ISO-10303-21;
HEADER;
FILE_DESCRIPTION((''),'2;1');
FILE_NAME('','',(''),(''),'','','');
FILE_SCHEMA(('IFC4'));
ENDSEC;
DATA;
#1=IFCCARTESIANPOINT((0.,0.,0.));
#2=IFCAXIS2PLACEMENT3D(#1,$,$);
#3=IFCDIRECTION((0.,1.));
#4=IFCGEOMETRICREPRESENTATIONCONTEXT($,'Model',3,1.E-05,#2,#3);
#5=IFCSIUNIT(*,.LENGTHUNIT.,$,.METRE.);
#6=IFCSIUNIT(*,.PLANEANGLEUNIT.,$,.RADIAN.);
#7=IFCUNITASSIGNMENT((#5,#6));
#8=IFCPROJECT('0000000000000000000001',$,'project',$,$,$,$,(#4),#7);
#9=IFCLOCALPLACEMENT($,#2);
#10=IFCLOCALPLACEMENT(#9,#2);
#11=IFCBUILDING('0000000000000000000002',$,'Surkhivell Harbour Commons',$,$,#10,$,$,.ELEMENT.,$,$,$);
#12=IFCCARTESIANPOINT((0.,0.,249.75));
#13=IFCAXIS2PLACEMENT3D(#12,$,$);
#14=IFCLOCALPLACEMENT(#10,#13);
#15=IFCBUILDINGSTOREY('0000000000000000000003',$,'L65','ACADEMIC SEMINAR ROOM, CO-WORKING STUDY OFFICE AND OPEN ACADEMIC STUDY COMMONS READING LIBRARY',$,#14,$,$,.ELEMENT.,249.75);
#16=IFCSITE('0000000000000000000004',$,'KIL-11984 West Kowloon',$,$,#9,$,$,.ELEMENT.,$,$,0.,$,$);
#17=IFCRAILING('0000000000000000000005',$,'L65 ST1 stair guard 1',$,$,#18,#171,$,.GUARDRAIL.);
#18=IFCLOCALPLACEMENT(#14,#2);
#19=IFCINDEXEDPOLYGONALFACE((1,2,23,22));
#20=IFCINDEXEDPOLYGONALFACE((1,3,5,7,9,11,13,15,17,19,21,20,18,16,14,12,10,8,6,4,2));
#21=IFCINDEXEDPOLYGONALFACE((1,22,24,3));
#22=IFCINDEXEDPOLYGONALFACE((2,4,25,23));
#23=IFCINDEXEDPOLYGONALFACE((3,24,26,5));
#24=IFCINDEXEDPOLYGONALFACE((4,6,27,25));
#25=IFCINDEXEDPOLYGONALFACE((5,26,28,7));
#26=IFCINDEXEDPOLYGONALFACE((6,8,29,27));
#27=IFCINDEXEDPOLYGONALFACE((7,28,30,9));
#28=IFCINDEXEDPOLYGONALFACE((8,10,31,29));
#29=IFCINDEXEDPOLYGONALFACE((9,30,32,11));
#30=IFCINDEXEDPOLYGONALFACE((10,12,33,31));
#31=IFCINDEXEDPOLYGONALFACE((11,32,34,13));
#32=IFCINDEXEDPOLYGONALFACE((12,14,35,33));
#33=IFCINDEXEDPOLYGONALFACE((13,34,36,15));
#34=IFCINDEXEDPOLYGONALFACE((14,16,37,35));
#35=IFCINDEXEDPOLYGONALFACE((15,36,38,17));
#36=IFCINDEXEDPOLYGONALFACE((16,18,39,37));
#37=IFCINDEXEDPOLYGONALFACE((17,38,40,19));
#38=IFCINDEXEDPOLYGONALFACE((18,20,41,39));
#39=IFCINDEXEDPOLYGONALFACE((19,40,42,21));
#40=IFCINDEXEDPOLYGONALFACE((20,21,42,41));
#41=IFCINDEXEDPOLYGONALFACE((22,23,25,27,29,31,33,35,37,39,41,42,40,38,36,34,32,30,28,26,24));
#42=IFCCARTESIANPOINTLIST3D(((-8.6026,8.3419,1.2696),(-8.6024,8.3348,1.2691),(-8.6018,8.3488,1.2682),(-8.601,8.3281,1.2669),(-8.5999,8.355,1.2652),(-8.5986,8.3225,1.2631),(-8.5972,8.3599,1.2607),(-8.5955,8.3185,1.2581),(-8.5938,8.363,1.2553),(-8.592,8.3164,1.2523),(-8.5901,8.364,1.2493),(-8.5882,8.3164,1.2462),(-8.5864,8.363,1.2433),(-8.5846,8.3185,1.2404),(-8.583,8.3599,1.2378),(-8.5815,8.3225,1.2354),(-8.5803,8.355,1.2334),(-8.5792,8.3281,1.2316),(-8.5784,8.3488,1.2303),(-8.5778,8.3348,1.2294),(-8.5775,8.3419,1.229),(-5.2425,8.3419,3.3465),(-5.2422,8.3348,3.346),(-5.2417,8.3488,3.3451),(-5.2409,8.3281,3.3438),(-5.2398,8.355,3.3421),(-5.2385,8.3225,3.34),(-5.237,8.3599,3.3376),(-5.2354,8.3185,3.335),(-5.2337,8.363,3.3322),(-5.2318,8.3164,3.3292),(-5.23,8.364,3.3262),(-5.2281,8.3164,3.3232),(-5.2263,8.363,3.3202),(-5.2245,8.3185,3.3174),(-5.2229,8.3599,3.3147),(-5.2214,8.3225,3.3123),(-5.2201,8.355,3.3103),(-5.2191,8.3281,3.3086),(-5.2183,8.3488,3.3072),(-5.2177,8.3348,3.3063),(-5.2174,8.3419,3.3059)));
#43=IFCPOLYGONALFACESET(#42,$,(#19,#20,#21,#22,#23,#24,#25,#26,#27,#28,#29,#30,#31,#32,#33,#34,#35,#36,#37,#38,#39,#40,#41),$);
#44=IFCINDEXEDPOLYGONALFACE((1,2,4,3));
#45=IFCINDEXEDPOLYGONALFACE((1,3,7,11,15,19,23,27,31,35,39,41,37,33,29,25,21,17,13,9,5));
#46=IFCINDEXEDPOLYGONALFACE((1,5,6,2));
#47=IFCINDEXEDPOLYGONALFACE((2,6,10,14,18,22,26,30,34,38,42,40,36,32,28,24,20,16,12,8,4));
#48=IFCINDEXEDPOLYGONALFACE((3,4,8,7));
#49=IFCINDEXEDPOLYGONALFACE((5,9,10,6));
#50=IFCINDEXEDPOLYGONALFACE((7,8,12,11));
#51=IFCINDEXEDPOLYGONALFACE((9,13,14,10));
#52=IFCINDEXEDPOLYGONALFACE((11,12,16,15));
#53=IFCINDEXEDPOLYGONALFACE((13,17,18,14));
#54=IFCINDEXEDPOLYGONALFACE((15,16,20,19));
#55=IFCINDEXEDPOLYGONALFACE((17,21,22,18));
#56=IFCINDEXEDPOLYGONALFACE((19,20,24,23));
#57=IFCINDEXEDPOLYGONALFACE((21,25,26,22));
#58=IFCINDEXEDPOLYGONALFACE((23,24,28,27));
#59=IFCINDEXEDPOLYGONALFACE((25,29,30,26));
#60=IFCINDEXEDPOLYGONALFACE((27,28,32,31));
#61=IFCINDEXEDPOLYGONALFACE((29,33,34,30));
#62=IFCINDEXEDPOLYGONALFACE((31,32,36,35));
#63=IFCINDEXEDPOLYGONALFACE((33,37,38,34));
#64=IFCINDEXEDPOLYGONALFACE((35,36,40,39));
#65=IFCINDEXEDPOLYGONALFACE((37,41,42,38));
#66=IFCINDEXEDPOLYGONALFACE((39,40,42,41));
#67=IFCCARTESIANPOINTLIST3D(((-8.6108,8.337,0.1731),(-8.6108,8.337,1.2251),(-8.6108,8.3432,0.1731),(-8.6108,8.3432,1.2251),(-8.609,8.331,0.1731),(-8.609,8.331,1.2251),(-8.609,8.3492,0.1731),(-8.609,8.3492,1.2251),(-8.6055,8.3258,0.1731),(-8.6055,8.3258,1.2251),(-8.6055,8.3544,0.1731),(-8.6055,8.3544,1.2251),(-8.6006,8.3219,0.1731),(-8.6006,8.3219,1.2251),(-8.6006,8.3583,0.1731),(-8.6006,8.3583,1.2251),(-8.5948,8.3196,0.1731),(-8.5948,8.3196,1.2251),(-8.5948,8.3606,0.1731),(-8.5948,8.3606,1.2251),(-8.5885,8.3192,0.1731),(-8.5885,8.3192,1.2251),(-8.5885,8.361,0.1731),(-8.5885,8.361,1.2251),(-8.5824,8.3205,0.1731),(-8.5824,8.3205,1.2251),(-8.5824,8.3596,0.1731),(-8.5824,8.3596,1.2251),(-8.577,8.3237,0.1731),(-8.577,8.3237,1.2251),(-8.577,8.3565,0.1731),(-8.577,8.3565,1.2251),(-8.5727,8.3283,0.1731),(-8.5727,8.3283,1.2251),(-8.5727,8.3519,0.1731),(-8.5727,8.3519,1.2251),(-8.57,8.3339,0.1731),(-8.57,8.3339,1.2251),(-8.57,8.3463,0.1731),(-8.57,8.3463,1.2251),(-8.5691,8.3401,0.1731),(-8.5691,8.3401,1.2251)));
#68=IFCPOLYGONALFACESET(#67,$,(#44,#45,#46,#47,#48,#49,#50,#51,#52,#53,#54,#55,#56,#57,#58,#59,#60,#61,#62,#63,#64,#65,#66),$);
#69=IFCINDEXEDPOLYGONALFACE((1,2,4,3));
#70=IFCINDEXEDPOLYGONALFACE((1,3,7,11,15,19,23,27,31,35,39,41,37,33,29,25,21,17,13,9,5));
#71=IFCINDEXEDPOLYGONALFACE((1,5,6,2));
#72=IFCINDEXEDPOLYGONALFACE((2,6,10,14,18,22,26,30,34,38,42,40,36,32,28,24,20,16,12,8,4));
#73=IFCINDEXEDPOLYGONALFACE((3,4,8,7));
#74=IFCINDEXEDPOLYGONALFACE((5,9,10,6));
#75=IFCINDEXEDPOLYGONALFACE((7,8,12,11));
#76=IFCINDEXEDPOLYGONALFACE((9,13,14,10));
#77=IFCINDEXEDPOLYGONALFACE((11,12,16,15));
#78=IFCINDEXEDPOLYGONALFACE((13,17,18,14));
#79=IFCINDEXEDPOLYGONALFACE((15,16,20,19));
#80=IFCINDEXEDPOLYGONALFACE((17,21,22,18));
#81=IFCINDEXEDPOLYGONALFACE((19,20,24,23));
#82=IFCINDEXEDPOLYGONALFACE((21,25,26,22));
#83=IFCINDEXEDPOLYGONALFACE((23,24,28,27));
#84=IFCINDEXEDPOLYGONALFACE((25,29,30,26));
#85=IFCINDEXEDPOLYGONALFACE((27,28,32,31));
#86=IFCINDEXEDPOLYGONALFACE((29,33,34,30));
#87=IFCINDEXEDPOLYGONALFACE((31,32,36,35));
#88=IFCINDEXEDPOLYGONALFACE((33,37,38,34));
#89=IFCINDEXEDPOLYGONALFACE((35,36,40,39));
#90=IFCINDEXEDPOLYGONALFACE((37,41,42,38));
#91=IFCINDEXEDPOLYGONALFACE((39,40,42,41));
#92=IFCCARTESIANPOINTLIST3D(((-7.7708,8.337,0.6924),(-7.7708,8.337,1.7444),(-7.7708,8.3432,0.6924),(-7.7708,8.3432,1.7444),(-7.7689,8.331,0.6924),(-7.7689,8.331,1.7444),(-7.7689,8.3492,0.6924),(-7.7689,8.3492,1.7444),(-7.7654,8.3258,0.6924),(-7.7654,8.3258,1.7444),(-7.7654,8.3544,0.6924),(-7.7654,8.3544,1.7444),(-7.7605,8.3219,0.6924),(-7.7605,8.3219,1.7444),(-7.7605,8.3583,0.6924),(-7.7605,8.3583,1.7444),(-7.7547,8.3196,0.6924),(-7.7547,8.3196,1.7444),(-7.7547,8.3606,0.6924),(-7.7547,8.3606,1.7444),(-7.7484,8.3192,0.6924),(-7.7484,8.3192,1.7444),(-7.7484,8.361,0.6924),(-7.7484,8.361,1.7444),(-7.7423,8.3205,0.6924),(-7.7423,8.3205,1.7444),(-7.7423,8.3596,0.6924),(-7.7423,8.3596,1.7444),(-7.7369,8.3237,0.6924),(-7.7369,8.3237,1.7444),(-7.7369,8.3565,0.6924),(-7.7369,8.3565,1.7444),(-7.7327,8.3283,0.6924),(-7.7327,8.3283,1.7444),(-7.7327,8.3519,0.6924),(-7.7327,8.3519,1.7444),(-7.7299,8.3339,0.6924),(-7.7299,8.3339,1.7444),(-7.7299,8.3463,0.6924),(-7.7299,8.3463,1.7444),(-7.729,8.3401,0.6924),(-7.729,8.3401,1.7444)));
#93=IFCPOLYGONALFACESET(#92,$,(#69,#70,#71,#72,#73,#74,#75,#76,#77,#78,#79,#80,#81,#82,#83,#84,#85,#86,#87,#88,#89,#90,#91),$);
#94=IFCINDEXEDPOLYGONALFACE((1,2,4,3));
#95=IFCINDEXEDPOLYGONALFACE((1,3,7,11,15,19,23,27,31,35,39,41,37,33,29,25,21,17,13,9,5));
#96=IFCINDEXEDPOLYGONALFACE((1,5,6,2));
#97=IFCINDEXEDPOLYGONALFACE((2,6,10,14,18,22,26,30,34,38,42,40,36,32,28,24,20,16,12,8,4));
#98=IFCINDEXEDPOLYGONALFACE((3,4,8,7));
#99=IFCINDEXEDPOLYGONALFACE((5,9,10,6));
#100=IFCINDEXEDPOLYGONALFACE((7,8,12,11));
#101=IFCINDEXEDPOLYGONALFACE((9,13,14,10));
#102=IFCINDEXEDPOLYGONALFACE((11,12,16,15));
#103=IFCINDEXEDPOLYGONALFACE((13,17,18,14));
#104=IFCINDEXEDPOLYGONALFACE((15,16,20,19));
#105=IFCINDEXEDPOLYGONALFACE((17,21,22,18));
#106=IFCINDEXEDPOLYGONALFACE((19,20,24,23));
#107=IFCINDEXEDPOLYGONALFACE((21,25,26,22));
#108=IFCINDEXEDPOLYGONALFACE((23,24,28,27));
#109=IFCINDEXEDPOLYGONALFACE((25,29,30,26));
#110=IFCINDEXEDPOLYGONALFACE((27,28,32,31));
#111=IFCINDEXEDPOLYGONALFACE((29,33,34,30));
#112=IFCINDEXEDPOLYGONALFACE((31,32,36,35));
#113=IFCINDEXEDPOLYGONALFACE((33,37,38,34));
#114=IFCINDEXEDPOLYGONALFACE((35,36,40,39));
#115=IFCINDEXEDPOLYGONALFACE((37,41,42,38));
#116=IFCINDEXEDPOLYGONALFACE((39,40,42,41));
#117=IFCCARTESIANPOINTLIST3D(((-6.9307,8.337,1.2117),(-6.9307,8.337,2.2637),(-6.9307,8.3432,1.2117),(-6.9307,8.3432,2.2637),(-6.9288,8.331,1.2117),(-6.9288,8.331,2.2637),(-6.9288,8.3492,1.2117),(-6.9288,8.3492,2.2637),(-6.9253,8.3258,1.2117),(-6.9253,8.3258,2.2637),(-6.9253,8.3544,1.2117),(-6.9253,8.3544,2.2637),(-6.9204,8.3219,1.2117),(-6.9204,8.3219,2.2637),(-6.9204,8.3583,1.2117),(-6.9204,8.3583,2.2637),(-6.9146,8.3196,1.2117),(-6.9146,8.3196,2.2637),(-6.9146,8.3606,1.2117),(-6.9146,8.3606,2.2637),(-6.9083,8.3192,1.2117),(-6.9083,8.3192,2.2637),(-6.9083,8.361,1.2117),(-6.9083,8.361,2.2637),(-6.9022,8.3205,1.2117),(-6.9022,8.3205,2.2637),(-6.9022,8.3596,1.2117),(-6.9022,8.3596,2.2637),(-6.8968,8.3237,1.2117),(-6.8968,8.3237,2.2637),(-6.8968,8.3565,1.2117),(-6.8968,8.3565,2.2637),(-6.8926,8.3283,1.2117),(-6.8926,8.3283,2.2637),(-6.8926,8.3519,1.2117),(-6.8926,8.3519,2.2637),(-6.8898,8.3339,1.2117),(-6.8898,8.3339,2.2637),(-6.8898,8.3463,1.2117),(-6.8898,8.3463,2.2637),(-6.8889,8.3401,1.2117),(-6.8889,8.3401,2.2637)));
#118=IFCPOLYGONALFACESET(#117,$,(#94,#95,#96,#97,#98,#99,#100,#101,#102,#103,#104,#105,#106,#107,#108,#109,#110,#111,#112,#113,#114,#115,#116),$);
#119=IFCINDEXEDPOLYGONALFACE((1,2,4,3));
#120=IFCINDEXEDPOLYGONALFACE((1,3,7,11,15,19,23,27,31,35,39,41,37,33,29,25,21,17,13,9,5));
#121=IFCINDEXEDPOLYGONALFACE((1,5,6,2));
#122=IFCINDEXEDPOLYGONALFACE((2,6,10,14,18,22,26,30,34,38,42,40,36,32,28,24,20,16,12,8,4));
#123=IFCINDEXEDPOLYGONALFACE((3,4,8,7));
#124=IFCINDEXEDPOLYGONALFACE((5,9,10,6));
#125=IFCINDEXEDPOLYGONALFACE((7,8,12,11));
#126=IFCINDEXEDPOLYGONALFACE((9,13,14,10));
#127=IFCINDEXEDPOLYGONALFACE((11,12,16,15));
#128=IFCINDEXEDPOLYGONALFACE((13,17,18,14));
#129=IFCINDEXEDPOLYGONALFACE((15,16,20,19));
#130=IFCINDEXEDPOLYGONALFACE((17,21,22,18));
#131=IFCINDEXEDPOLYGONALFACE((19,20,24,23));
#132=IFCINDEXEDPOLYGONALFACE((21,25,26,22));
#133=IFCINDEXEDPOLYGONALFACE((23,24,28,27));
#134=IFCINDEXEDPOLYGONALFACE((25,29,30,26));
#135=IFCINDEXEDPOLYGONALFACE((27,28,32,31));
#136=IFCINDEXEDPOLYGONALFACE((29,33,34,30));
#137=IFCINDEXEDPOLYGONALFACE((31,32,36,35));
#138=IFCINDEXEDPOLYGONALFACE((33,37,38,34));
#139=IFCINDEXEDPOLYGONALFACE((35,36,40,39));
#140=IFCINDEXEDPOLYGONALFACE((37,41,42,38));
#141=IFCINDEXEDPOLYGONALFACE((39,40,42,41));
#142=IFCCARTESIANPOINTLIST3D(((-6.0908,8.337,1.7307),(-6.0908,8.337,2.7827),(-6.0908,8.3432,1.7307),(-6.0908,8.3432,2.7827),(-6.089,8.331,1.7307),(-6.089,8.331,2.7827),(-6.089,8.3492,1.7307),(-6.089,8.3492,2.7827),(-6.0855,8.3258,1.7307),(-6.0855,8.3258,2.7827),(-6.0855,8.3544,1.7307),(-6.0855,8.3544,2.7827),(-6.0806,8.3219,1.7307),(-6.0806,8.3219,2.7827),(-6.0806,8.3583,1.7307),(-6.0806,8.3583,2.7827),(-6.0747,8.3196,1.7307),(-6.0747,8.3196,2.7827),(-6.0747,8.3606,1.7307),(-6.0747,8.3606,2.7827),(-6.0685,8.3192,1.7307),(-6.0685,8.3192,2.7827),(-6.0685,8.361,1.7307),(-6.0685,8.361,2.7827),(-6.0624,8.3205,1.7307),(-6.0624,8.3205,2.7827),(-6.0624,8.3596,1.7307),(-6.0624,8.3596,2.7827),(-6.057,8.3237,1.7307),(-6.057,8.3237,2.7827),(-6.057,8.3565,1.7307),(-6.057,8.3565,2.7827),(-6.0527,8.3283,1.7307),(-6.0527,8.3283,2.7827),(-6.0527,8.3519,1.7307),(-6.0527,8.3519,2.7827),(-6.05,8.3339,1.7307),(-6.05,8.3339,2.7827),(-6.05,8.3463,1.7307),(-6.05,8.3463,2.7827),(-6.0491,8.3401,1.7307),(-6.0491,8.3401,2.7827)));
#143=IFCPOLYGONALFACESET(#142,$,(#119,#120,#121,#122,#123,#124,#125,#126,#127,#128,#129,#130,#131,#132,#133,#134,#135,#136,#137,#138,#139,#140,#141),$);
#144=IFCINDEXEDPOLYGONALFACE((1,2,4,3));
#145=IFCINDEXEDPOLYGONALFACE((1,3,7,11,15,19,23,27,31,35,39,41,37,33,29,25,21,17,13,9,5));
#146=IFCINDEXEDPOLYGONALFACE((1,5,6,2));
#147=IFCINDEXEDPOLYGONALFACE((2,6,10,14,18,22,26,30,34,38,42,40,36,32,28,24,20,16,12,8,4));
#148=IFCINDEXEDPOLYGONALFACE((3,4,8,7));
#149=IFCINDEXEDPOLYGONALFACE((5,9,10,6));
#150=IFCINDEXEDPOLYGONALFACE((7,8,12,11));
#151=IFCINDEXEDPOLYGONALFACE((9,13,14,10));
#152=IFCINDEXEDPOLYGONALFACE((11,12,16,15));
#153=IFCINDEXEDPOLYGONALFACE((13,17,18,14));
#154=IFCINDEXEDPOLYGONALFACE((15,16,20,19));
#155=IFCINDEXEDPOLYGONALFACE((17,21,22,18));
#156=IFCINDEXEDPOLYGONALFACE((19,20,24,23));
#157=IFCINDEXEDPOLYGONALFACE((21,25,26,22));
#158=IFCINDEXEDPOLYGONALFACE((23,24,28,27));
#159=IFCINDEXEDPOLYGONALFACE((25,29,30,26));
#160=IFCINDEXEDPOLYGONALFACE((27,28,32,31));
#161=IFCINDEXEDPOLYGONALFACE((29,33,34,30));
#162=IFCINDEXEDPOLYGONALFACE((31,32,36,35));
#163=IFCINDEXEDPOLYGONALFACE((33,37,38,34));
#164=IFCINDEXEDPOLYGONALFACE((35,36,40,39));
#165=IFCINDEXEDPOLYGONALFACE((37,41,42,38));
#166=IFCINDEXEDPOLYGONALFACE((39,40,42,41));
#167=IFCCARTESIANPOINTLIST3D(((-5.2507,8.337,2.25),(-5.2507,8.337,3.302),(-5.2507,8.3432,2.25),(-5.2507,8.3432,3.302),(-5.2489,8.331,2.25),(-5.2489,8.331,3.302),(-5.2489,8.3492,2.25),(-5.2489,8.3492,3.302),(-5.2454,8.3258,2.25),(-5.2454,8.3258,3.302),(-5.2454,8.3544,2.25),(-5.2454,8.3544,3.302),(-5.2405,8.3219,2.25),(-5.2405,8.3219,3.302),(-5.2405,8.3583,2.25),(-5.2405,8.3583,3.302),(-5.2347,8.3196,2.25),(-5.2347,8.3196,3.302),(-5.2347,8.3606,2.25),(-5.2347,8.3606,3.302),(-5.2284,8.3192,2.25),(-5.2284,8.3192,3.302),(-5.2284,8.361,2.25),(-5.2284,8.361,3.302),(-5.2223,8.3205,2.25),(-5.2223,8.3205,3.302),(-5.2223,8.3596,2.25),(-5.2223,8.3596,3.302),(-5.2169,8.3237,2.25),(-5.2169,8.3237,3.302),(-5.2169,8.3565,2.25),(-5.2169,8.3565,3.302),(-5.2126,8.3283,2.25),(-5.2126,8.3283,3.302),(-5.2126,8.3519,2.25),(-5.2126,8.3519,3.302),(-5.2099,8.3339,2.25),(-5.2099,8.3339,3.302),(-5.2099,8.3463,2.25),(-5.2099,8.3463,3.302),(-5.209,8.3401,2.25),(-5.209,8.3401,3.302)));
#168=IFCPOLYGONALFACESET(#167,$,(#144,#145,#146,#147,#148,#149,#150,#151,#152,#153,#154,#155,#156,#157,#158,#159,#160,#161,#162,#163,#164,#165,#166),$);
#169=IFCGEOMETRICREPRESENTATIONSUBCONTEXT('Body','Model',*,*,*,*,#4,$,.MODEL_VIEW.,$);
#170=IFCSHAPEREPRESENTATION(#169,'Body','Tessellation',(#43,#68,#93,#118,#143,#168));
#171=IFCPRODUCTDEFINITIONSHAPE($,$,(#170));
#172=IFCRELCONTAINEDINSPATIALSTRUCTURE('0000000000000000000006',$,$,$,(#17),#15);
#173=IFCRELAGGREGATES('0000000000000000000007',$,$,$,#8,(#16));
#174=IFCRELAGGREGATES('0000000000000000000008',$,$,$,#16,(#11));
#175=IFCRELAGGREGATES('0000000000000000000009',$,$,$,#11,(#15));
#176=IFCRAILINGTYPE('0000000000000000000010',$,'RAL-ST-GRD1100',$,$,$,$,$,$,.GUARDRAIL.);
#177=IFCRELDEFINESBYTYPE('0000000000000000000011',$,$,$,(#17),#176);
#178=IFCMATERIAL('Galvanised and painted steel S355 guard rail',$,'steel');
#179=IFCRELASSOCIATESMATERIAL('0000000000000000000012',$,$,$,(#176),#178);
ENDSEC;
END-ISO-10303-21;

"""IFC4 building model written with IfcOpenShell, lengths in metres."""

from ifc_helpers import new_model, si_unit, direction, frame, origin, origin_2d, place, context, subcontext, project, spatial, circle, extrude, material, type_object, element, save


model = new_model("IFC4")

# Units and contexts
model_context = context("Model", 3, precision=1e-05, world=origin(), true_north=direction((0.0, 1.0)))
body_context = subcontext(model_context, "Body", "Model", "MODEL_VIEW")
ifc_project = project(units=[si_unit("LENGTHUNIT", "METRE"), si_unit("PLANEANGLEUNIT", "RADIAN")], contexts=[model_context])

# Site, building, storey
site_placement = place(None, origin())
site = spatial("IfcSite", under=ifc_project, at=site_placement, Name="KIL-11984 West Kowloon", CompositionType="ELEMENT", RefElevation=0.0)
building_placement = place(site_placement, origin())
building = spatial("IfcBuilding", under=site, at=building_placement, Name="Surkhivell Harbour Commons", CompositionType="ELEMENT")
storey_placement = place(building_placement, frame((0.0, 0.0, 249.75)))
storey = spatial("IfcBuildingStorey", under=building, at=storey_placement, Name="L65", Description="ACADEMIC SEMINAR ROOM, CO-WORKING STUDY OFFICE AND OPEN ACADEMIC STUDY COMMONS READING LIBRARY", CompositionType="ELEMENT", Elevation=249.75)

# Railing
ifc_material_1 = material(Name="Galvanised and painted steel S355 guard rail", Category="steel")
railing_type_1 = type_object("IfcRailingType", Name="RAL-ST-GRD1100", PredefinedType="GUARDRAIL", material=ifc_material_1)
railing_1_placement = place(storey_placement, frame((-8.5901, 8.3401, 0.1731)))
element("IfcRailing", 1, at=railing_1_placement, inside=storey, type_object=railing_type_1, Name="L65 ST1 stair guard 1", PredefinedType="GUARDRAIL", context=body_context, shape_type="SweptSolid", body=[
    extrude(circle(Radius=0.0239, at=origin_2d()), frame((0.0, 0.0, 1.0762), z_axis=(0.850623, 0.0, 0.525776), x_axis=(0.0, 1.0, 0.0)), (0.0, 0.0, 1.0), 3.9502),
    extrude(circle(Radius=0.021, at=origin_2d()), origin(), (0.0, 0.0, 1.0), 1.052),
    extrude(circle(Radius=0.021, at=origin_2d()), frame((0.8401, 0.0, 0.5193)), (0.0, 0.0, 1.0), 1.052),
    extrude(circle(Radius=0.021, at=origin_2d()), frame((1.6802, 0.0, 1.0386)), (0.0, 0.0, 1.0), 1.052),
    extrude(circle(Radius=0.021, at=origin_2d()), frame((2.52, 0.0, 1.5576)), (0.0, 0.0, 1.0), 1.052),
    extrude(circle(Radius=0.021, at=origin_2d()), frame((3.3601, 0.0, 2.0769)), (0.0, 0.0, 1.0), 1.052),
])

save(model, "model.ifc")
